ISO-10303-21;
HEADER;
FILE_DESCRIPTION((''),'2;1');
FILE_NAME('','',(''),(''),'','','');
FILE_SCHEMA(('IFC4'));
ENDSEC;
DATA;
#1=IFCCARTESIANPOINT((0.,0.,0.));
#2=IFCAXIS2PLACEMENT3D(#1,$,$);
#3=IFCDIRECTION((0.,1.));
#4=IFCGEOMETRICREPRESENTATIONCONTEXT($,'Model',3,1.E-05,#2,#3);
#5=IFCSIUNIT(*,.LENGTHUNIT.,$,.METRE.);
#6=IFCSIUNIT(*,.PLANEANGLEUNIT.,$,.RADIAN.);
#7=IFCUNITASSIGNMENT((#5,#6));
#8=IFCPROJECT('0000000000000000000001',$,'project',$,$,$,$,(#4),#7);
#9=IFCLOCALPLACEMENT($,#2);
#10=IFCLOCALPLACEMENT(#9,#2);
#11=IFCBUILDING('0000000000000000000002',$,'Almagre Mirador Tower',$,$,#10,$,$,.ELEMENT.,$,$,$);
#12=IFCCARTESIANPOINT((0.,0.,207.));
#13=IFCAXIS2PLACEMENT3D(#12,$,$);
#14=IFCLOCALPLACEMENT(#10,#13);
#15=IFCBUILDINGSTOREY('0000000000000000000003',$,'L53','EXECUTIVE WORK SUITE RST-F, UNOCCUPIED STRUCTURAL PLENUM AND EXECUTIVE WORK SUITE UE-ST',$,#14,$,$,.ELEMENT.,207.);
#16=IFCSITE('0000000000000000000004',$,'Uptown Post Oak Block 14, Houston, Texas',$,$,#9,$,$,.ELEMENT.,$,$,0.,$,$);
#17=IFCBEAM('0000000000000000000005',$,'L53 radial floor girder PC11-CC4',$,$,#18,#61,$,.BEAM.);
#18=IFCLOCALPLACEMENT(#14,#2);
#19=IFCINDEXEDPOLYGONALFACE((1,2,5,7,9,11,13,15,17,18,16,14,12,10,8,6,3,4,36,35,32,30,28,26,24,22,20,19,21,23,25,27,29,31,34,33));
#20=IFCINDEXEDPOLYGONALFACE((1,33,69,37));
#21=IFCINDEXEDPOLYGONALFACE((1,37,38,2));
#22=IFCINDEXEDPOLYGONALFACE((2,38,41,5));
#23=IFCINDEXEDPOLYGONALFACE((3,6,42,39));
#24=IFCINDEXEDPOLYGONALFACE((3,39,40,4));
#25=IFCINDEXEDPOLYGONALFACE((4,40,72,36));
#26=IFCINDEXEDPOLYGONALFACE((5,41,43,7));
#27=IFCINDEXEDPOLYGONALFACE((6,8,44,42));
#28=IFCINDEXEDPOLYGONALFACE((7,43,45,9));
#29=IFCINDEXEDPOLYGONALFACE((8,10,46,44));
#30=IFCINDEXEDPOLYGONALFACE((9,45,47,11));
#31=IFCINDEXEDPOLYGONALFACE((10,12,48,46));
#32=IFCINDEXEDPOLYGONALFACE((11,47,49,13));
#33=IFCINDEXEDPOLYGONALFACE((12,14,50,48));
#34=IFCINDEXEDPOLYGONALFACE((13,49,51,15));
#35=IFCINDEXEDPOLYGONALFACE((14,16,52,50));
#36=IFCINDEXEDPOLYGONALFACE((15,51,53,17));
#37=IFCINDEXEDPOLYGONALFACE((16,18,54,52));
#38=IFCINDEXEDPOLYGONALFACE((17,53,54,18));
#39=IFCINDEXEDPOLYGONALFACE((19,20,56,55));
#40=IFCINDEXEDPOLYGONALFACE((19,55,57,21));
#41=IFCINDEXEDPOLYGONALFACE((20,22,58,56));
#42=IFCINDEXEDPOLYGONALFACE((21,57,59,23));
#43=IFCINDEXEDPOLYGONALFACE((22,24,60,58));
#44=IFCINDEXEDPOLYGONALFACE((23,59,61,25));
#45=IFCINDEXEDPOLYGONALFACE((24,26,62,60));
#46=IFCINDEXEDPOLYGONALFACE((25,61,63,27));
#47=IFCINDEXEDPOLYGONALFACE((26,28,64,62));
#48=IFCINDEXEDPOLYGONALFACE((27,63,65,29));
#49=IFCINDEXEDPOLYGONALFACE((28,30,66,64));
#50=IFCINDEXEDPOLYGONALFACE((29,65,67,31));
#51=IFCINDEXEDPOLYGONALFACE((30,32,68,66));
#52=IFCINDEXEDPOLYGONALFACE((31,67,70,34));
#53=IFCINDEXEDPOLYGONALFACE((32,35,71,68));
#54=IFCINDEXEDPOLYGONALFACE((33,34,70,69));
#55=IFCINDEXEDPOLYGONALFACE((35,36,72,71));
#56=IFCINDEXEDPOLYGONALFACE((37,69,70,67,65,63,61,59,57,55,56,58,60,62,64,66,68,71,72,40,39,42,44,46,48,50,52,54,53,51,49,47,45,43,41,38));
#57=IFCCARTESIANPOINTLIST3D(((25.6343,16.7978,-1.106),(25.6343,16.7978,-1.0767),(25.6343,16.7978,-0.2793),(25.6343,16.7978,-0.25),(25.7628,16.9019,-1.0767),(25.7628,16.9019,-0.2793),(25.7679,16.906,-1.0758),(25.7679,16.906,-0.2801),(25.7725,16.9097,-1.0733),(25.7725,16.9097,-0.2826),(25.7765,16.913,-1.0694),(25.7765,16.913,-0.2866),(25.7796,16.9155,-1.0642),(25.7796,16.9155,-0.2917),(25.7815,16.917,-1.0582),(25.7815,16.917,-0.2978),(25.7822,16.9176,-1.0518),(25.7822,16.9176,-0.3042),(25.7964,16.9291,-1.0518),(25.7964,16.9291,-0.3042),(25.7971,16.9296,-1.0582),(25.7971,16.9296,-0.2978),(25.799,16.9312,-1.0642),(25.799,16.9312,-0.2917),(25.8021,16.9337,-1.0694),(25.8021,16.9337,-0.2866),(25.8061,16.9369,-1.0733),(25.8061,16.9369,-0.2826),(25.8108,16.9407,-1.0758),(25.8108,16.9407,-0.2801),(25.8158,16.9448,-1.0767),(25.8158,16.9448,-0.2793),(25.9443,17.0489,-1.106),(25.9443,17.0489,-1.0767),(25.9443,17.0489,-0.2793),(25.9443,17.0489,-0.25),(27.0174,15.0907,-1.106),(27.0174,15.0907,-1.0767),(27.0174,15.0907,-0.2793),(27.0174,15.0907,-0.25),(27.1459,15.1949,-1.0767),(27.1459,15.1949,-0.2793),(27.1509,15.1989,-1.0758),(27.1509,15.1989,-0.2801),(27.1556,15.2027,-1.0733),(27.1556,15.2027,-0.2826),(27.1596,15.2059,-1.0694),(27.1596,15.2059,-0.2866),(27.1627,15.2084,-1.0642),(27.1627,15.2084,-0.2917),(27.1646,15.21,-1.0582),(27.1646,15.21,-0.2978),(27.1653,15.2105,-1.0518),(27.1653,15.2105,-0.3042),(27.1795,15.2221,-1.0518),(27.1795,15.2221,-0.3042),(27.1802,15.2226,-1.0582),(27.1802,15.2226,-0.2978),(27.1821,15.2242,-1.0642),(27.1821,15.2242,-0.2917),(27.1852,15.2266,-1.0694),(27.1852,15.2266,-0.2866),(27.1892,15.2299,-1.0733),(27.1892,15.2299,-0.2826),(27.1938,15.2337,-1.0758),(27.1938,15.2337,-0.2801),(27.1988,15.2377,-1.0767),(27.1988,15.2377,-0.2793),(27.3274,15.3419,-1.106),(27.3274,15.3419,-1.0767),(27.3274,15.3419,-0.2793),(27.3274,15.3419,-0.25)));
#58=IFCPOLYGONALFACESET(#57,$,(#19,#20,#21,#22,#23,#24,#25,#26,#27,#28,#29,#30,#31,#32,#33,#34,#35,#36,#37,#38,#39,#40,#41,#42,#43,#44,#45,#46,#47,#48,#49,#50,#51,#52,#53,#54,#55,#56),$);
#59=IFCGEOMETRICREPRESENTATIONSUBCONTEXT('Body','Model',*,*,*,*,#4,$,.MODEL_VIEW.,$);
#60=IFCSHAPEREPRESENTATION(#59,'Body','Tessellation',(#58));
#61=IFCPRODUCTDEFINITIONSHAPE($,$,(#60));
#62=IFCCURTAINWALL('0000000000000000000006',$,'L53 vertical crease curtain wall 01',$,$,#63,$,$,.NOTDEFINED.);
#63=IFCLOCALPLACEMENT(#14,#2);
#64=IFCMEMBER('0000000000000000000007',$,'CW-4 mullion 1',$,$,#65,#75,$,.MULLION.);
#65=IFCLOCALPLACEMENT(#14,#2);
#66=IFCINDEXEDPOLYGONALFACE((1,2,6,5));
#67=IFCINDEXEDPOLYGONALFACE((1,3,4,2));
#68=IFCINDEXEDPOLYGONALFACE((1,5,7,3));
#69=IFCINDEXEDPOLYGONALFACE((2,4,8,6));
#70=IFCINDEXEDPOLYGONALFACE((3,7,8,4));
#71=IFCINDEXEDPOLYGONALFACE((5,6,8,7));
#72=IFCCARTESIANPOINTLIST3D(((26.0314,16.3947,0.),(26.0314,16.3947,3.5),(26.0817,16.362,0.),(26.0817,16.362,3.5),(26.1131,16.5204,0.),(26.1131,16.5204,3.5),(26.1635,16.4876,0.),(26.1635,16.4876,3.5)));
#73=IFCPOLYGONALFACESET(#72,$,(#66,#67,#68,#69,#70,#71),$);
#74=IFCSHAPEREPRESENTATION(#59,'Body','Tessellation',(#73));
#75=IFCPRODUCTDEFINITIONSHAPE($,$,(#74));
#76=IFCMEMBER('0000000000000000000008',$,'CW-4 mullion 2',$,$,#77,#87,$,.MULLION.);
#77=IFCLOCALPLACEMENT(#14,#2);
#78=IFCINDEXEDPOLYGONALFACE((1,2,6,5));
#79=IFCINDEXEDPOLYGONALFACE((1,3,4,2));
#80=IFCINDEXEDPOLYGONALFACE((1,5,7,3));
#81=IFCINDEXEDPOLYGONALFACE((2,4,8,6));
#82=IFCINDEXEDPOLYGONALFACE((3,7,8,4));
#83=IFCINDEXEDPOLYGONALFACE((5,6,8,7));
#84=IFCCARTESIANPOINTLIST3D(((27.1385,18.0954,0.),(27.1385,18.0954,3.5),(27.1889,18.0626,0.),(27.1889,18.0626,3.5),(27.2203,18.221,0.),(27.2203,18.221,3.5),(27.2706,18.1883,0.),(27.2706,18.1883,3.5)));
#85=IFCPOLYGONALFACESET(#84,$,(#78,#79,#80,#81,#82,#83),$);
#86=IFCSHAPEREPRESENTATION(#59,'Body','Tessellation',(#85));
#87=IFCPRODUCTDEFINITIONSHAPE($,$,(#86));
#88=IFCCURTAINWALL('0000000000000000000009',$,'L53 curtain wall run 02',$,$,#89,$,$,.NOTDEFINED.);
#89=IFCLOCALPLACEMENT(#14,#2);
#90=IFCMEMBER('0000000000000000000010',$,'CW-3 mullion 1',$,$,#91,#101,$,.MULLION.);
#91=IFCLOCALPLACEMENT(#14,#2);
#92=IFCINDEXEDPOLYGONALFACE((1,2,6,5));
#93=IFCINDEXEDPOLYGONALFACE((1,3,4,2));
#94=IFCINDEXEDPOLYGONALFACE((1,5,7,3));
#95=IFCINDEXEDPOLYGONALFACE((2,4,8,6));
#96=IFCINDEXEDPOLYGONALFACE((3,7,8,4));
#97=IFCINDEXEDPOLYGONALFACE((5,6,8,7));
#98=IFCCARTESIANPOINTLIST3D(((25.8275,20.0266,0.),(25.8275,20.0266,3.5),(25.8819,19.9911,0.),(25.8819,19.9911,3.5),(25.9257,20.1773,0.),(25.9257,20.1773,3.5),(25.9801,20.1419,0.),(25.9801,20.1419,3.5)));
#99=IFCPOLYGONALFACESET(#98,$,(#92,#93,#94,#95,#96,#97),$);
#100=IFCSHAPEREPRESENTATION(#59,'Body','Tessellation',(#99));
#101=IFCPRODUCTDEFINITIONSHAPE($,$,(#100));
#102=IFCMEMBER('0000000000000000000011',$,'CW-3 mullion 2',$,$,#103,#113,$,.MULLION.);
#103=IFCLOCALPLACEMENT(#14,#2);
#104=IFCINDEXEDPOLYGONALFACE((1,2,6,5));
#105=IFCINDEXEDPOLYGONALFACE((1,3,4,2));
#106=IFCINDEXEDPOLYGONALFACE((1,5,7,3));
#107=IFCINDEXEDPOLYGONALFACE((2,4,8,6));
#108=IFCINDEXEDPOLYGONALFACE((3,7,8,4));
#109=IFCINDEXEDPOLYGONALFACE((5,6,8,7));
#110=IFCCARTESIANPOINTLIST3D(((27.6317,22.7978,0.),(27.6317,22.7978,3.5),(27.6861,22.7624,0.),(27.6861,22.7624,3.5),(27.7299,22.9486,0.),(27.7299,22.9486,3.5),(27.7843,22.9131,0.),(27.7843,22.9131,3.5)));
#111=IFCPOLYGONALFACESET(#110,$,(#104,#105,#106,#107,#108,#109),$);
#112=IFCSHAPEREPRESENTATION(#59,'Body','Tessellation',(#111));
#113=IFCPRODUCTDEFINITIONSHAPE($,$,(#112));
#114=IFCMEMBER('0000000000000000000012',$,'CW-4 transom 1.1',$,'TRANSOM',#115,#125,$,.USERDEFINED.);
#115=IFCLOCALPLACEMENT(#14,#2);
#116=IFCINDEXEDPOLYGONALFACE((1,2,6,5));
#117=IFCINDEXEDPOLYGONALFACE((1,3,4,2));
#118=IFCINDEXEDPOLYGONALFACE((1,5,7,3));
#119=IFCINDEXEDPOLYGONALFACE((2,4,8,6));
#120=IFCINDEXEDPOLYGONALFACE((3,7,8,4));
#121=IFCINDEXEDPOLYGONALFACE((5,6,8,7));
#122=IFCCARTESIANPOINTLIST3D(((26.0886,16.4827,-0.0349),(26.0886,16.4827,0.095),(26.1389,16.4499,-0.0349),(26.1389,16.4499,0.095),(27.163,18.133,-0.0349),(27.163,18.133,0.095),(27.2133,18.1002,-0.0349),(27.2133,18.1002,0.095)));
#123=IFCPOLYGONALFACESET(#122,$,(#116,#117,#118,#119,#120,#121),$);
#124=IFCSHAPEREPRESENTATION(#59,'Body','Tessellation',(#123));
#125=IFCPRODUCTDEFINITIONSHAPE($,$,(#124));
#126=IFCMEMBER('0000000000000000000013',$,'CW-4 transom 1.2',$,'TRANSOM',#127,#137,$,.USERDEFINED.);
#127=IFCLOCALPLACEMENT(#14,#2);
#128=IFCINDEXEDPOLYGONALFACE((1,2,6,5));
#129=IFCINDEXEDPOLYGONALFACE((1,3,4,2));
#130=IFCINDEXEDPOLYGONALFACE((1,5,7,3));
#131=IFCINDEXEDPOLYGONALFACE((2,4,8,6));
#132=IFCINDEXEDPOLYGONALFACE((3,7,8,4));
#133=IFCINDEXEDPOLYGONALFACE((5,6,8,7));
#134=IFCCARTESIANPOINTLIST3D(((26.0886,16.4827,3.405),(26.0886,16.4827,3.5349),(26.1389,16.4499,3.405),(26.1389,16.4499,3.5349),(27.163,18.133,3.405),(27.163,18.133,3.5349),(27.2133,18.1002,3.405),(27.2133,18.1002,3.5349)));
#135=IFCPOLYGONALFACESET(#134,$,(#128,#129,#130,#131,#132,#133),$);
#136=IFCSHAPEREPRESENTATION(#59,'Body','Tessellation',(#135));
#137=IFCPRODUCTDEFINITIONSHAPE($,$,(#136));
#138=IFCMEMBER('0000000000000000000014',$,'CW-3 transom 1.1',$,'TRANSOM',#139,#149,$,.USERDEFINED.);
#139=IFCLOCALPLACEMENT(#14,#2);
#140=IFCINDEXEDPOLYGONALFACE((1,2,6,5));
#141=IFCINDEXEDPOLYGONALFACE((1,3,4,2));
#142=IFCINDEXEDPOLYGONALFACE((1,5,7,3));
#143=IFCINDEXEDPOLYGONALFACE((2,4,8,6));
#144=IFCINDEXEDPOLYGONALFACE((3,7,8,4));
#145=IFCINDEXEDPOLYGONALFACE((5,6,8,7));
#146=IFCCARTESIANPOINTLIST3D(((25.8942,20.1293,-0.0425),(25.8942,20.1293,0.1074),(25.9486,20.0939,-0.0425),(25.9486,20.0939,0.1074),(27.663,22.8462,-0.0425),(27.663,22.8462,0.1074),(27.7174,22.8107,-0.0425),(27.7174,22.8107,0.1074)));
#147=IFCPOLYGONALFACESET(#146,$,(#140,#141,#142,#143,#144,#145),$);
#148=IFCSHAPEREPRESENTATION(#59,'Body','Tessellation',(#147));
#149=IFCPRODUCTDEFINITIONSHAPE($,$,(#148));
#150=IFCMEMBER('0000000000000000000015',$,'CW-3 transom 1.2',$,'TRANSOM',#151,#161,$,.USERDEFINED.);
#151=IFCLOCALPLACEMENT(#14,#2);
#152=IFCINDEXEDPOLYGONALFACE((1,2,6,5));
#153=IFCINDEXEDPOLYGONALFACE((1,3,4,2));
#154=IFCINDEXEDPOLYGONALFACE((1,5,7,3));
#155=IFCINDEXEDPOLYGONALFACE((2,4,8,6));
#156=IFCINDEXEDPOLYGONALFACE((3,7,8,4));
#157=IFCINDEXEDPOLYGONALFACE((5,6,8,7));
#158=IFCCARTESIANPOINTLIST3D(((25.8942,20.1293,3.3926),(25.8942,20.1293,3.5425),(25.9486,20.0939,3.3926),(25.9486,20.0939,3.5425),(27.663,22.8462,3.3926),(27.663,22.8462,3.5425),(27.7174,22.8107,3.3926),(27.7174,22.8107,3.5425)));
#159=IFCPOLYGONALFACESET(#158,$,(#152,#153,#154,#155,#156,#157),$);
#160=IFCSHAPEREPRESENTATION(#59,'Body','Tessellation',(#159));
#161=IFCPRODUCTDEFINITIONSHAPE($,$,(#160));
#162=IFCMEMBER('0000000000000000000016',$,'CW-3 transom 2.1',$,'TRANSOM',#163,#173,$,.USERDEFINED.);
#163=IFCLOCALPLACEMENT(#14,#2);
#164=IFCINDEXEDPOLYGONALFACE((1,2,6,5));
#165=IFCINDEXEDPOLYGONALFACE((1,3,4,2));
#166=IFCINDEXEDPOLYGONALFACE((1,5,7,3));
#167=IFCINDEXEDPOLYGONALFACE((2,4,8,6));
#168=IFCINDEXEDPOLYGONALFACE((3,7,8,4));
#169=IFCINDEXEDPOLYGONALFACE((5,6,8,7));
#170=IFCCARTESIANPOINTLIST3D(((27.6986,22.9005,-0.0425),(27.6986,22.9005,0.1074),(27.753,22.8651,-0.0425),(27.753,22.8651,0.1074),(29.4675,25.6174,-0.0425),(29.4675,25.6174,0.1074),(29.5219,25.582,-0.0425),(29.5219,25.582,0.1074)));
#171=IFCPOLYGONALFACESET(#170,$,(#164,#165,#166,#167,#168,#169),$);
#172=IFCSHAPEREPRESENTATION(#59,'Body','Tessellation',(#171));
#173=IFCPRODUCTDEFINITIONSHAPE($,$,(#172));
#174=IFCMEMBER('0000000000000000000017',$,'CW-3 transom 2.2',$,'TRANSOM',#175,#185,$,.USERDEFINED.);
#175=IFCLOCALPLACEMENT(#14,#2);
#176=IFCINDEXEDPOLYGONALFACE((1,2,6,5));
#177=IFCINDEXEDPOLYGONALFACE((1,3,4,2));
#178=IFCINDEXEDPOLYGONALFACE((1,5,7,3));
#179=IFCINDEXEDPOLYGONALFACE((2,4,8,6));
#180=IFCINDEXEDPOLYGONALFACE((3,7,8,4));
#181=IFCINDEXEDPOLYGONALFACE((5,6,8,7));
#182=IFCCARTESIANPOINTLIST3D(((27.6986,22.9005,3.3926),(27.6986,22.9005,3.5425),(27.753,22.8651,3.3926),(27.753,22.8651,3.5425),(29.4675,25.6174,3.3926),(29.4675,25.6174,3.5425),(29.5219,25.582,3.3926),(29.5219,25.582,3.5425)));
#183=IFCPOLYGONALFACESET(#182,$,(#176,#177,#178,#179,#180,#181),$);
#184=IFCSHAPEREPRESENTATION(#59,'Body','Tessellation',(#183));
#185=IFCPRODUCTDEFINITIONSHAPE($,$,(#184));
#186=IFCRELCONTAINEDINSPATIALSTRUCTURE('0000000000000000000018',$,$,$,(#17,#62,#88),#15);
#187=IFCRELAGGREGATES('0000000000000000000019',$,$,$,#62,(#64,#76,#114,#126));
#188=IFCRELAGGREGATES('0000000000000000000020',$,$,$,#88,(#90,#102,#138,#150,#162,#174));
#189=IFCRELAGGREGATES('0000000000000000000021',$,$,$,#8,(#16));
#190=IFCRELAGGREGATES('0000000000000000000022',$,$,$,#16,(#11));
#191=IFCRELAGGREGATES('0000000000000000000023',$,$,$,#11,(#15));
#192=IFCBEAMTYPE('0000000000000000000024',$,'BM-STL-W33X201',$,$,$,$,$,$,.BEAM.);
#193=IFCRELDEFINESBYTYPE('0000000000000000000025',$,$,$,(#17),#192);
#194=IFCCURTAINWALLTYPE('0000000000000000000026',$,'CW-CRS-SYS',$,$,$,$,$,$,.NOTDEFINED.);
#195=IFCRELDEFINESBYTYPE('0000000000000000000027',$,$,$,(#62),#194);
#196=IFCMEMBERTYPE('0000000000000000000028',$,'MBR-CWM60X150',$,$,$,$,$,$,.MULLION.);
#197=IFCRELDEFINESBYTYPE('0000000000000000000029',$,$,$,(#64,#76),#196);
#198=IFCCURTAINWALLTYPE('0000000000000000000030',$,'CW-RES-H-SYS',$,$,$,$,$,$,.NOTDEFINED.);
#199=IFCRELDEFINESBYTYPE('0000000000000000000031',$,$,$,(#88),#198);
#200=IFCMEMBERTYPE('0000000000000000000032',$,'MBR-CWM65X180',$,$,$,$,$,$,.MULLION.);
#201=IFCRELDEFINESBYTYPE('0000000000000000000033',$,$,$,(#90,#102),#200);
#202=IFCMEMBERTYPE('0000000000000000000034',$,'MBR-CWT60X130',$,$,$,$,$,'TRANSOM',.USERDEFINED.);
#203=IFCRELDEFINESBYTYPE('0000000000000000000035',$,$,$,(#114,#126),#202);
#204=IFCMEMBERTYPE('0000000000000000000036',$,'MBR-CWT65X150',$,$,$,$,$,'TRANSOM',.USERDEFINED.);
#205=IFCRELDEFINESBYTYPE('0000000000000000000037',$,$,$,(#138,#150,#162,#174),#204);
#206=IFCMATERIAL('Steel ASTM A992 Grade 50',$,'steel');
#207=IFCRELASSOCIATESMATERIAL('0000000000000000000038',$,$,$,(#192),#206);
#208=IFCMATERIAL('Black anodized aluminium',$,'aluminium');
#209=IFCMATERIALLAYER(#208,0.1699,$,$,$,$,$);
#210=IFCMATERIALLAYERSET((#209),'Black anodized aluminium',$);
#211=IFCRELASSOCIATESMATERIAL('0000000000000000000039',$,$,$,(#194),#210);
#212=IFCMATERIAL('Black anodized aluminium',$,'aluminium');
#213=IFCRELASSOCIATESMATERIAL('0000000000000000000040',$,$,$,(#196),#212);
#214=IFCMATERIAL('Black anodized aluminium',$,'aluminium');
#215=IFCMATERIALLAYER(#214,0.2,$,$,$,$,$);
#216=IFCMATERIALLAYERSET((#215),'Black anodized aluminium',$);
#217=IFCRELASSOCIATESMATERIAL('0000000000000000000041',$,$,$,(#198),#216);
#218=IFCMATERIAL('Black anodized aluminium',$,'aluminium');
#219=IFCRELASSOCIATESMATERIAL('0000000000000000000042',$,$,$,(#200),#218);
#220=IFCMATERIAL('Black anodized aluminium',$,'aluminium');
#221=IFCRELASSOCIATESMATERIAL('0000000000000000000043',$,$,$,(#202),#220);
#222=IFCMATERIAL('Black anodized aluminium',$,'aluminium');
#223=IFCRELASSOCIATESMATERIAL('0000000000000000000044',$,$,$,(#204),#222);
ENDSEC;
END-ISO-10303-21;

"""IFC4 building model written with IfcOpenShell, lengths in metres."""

from ifc_helpers import new_model, si_unit, direction, frame, origin, origin_2d, place, context, subcontext, project, spatial, rectangle, i_section, extrude, material, layer, layer_set, material_profile, profile_set, type_object, element, aggregate, save


model = new_model("IFC4")

# Units and contexts
model_context = context("Model", 3, precision=1e-05, world=origin(), true_north=direction((0.0, 1.0)))
body_context = subcontext(model_context, "Body", "Model", "MODEL_VIEW")
ifc_project = project(units=[si_unit("LENGTHUNIT", "METRE"), si_unit("PLANEANGLEUNIT", "RADIAN")], contexts=[model_context])

# Site, building, storey
site_placement = place(None, origin())
site = spatial("IfcSite", under=ifc_project, at=site_placement, Name="Uptown Post Oak Block 14, Houston, Texas", CompositionType="ELEMENT", RefElevation=0.0)
building_placement = place(site_placement, origin())
building = spatial("IfcBuilding", under=site, at=building_placement, Name="Almagre Mirador Tower", CompositionType="ELEMENT")
storey_placement = place(building_placement, frame((0.0, 0.0, 207.0)))
storey = spatial("IfcBuildingStorey", under=building, at=storey_placement, Name="L53", Description="EXECUTIVE WORK SUITE RST-F, UNOCCUPIED STRUCTURAL PLENUM AND EXECUTIVE WORK SUITE UE-ST", CompositionType="ELEMENT", Elevation=207.0)

# Beam
ifc_material_1 = material(Name="Steel ASTM A992 Grade 50", Category="steel")
ifc_material_profile_1 = material_profile(ifc_material_1, i_section(OverallWidth=0.3989, OverallDepth=0.856, WebThickness=0.0183, FlangeThickness=0.0293, FilletRadius=0.0249, at=origin_2d()), Name="W33X201")
ifc_profile_set_1 = profile_set([ifc_material_profile_1], Name="Steel ASTM A992 Grade 50")
beam_type_1 = type_object("IfcBeamType", Name="BM-STL-W33X201", PredefinedType="BEAM", material=ifc_profile_set_1)
beam_1_placement = place(storey_placement, frame((25.7893, 16.9233, -0.678), z_axis=(0.629521, -0.776983, 0.0), x_axis=(0.776983, 0.629521, 0.0)))
element("IfcBeam", 1, at=beam_1_placement, inside=storey, type_object=beam_type_1, Name="L53 radial floor girder PC11-CC4", PredefinedType="BEAM", context=body_context, shape_type="SweptSolid", body=[
    extrude(i_section(OverallWidth=0.3989, OverallDepth=0.856, WebThickness=0.0183, FlangeThickness=0.0293, FilletRadius=0.0249, at=origin_2d()), origin(), (0.0, 0.0, 1.0), 2.197),
])

# Curtain walls, members
ifc_material_2 = material(Name="Black anodized aluminium", Category="aluminium")
ifc_layer_1 = layer(ifc_material_2, 0.1699)
ifc_layer_set_1 = layer_set([ifc_layer_1], Name="Black anodized aluminium")
curtain_wall_type_1 = type_object("IfcCurtainWallType", Name="CW-CRS-SYS", PredefinedType="NOTDEFINED", material=ifc_layer_set_1)
curtain_wall_1_placement = place(storey_placement, origin())
curtain_wall_1 = element("IfcCurtainWall", 2, at=curtain_wall_1_placement, inside=storey, type_object=curtain_wall_type_1, Name="L53 vertical crease curtain wall 01", PredefinedType="NOTDEFINED")
ifc_material_3 = material(Name="Black anodized aluminium", Category="aluminium")
ifc_material_profile_2 = material_profile(ifc_material_3, rectangle(XDim=0.0601, YDim=0.1499, at=origin_2d()), Name="CWM60X150")
ifc_profile_set_2 = profile_set([ifc_material_profile_2], Name="Black anodized aluminium")
member_type_1 = type_object("IfcMemberType", Name="MBR-CWM60X150", PredefinedType="MULLION", material=ifc_profile_set_2)
member_1_placement = place(storey_placement, frame((26.0974, 16.4412, 0.0), z_axis=(0.0, 0.0, 1.0), x_axis=(-0.838039, 0.545611, 0.0)))
member_1 = element("IfcMember", 3, at=member_1_placement, type_object=member_type_1, Name="CW-4 mullion 1", PredefinedType="MULLION", context=body_context, shape_type="SweptSolid", body=[
    extrude(rectangle(XDim=0.0601, YDim=0.1499, at=origin_2d()), origin(), (0.0, 0.0, 1.0), 3.5),
])
member_2_placement = place(storey_placement, frame((27.2046, 18.1418, 0.0), z_axis=(0.0, 0.0, 1.0), x_axis=(-0.838039, 0.545611, 0.0)))
member_2 = element("IfcMember", 4, at=member_2_placement, type_object=member_type_1, Name="CW-4 mullion 2", PredefinedType="MULLION", context=body_context, shape_type="SweptSolid", body=[
    extrude(rectangle(XDim=0.0601, YDim=0.1499, at=origin_2d()), origin(), (0.0, 0.0, 1.0), 3.5),
])
ifc_material_4 = material(Name="Black anodized aluminium", Category="aluminium")
ifc_layer_2 = layer(ifc_material_4, 0.2)
ifc_layer_set_2 = layer_set([ifc_layer_2], Name="Black anodized aluminium")
curtain_wall_type_2 = type_object("IfcCurtainWallType", Name="CW-RES-H-SYS", PredefinedType="NOTDEFINED", material=ifc_layer_set_2)
curtain_wall_2_placement = place(storey_placement, origin())
curtain_wall_2 = element("IfcCurtainWall", 5, at=curtain_wall_2_placement, inside=storey, type_object=curtain_wall_type_2, Name="L53 curtain wall run 02", PredefinedType="NOTDEFINED")
ifc_material_5 = material(Name="Black anodized aluminium", Category="aluminium")
ifc_material_profile_3 = material_profile(ifc_material_5, rectangle(XDim=0.0649, YDim=0.1799, at=origin_2d()), Name="CWM65X180")
ifc_profile_set_3 = profile_set([ifc_material_profile_3], Name="Black anodized aluminium")
member_type_2 = type_object("IfcMemberType", Name="MBR-CWM65X180", PredefinedType="MULLION", material=ifc_profile_set_3)
member_3_placement = place(storey_placement, frame((25.9038, 20.0842, 0.0), z_axis=(0.0, 0.0, 1.0), x_axis=(-0.838036, 0.545614, 0.0)))
member_3 = element("IfcMember", 6, at=member_3_placement, type_object=member_type_2, Name="CW-3 mullion 1", PredefinedType="MULLION", context=body_context, shape_type="SweptSolid", body=[
    extrude(rectangle(XDim=0.0649, YDim=0.1799, at=origin_2d()), origin(), (0.0, 0.0, 1.0), 3.5),
])
member_4_placement = place(storey_placement, frame((27.708, 22.8555, 0.0), z_axis=(0.0, 0.0, 1.0), x_axis=(-0.838036, 0.545614, 0.0)))
member_4 = element("IfcMember", 7, at=member_4_placement, type_object=member_type_2, Name="CW-3 mullion 2", PredefinedType="MULLION", context=body_context, shape_type="SweptSolid", body=[
    extrude(rectangle(XDim=0.0649, YDim=0.1799, at=origin_2d()), origin(), (0.0, 0.0, 1.0), 3.5),
])

# Members
ifc_material_6 = material(Name="Black anodized aluminium", Category="aluminium")
ifc_material_profile_4 = material_profile(ifc_material_6, rectangle(XDim=0.0601, YDim=0.1299, at=origin_2d()), Name="CWT60X130")
ifc_profile_set_4 = profile_set([ifc_material_profile_4], Name="Black anodized aluminium")
member_type_3 = type_object("IfcMemberType", Name="MBR-CWT60X130", ElementType="TRANSOM", PredefinedType="USERDEFINED", material=ifc_profile_set_4)
member_5_placement = place(storey_placement, frame((26.1138, 16.4663, 0.03), z_axis=(0.545598, 0.838047, 0.0), x_axis=(-0.838047, 0.545598, 0.0)))
member_5 = element("IfcMember", 8, at=member_5_placement, type_object=member_type_3, Name="CW-4 transom 1.1", ObjectType="TRANSOM", PredefinedType="USERDEFINED", context=body_context, shape_type="SweptSolid", body=[
    extrude(rectangle(XDim=0.0601, YDim=0.1299, at=origin_2d()), origin(), (0.0, 0.0, 1.0), 1.9692),
])
member_6_placement = place(storey_placement, frame((26.1138, 16.4663, 3.47), z_axis=(0.545598, 0.838047, 0.0), x_axis=(-0.838047, 0.545598, 0.0)))
member_6 = element("IfcMember", 9, at=member_6_placement, type_object=member_type_3, Name="CW-4 transom 1.2", ObjectType="TRANSOM", PredefinedType="USERDEFINED", context=body_context, shape_type="SweptSolid", body=[
    extrude(rectangle(XDim=0.0601, YDim=0.1299, at=origin_2d()), origin(), (0.0, 0.0, 1.0), 1.9692),
])
ifc_material_7 = material(Name="Black anodized aluminium", Category="aluminium")
ifc_material_profile_5 = material_profile(ifc_material_7, rectangle(XDim=0.0649, YDim=0.1499, at=origin_2d()), Name="CWT65X150")
ifc_profile_set_5 = profile_set([ifc_material_profile_5], Name="Black anodized aluminium")
member_type_4 = type_object("IfcMemberType", Name="MBR-CWT65X150", ElementType="TRANSOM", PredefinedType="USERDEFINED", material=ifc_profile_set_5)
member_7_placement = place(storey_placement, frame((25.9214, 20.1116, 0.0325), z_axis=(0.545613, 0.838037, 0.0), x_axis=(-0.838037, 0.545613, 0.0)))
member_7 = element("IfcMember", 10, at=member_7_placement, type_object=member_type_4, Name="CW-3 transom 1.1", ObjectType="TRANSOM", PredefinedType="USERDEFINED", context=body_context, shape_type="SweptSolid", body=[
    extrude(rectangle(XDim=0.0649, YDim=0.1499, at=origin_2d()), origin(), (0.0, 0.0, 1.0), 3.2419),
])
member_8_placement = place(storey_placement, frame((25.9214, 20.1116, 3.4675), z_axis=(0.545613, 0.838037, 0.0), x_axis=(-0.838037, 0.545613, 0.0)))
member_8 = element("IfcMember", 11, at=member_8_placement, type_object=member_type_4, Name="CW-3 transom 1.2", ObjectType="TRANSOM", PredefinedType="USERDEFINED", context=body_context, shape_type="SweptSolid", body=[
    extrude(rectangle(XDim=0.0649, YDim=0.1499, at=origin_2d()), origin(), (0.0, 0.0, 1.0), 3.2419),
])
member_9_placement = place(storey_placement, frame((27.7258, 22.8828, 0.0325), z_axis=(0.545613, 0.838037, 0.0), x_axis=(-0.838037, 0.545613, 0.0)))
member_9 = element("IfcMember", 12, at=member_9_placement, type_object=member_type_4, Name="CW-3 transom 2.1", ObjectType="TRANSOM", PredefinedType="USERDEFINED", context=body_context, shape_type="SweptSolid", body=[
    extrude(rectangle(XDim=0.0649, YDim=0.1499, at=origin_2d()), origin(), (0.0, 0.0, 1.0), 3.2419),
])
member_10_placement = place(storey_placement, frame((27.7258, 22.8828, 3.4675), z_axis=(0.545613, 0.838037, 0.0), x_axis=(-0.838037, 0.545613, 0.0)))
member_10 = element("IfcMember", 13, at=member_10_placement, type_object=member_type_4, Name="CW-3 transom 2.2", ObjectType="TRANSOM", PredefinedType="USERDEFINED", context=body_context, shape_type="SweptSolid", body=[
    extrude(rectangle(XDim=0.0649, YDim=0.1499, at=origin_2d()), origin(), (0.0, 0.0, 1.0), 3.2419),
])

aggregate(curtain_wall_1, [member_1, member_2, member_5, member_6])
aggregate(curtain_wall_2, [member_3, member_4, member_7, member_8, member_9, member_10])

save(model, "model.ifc")
